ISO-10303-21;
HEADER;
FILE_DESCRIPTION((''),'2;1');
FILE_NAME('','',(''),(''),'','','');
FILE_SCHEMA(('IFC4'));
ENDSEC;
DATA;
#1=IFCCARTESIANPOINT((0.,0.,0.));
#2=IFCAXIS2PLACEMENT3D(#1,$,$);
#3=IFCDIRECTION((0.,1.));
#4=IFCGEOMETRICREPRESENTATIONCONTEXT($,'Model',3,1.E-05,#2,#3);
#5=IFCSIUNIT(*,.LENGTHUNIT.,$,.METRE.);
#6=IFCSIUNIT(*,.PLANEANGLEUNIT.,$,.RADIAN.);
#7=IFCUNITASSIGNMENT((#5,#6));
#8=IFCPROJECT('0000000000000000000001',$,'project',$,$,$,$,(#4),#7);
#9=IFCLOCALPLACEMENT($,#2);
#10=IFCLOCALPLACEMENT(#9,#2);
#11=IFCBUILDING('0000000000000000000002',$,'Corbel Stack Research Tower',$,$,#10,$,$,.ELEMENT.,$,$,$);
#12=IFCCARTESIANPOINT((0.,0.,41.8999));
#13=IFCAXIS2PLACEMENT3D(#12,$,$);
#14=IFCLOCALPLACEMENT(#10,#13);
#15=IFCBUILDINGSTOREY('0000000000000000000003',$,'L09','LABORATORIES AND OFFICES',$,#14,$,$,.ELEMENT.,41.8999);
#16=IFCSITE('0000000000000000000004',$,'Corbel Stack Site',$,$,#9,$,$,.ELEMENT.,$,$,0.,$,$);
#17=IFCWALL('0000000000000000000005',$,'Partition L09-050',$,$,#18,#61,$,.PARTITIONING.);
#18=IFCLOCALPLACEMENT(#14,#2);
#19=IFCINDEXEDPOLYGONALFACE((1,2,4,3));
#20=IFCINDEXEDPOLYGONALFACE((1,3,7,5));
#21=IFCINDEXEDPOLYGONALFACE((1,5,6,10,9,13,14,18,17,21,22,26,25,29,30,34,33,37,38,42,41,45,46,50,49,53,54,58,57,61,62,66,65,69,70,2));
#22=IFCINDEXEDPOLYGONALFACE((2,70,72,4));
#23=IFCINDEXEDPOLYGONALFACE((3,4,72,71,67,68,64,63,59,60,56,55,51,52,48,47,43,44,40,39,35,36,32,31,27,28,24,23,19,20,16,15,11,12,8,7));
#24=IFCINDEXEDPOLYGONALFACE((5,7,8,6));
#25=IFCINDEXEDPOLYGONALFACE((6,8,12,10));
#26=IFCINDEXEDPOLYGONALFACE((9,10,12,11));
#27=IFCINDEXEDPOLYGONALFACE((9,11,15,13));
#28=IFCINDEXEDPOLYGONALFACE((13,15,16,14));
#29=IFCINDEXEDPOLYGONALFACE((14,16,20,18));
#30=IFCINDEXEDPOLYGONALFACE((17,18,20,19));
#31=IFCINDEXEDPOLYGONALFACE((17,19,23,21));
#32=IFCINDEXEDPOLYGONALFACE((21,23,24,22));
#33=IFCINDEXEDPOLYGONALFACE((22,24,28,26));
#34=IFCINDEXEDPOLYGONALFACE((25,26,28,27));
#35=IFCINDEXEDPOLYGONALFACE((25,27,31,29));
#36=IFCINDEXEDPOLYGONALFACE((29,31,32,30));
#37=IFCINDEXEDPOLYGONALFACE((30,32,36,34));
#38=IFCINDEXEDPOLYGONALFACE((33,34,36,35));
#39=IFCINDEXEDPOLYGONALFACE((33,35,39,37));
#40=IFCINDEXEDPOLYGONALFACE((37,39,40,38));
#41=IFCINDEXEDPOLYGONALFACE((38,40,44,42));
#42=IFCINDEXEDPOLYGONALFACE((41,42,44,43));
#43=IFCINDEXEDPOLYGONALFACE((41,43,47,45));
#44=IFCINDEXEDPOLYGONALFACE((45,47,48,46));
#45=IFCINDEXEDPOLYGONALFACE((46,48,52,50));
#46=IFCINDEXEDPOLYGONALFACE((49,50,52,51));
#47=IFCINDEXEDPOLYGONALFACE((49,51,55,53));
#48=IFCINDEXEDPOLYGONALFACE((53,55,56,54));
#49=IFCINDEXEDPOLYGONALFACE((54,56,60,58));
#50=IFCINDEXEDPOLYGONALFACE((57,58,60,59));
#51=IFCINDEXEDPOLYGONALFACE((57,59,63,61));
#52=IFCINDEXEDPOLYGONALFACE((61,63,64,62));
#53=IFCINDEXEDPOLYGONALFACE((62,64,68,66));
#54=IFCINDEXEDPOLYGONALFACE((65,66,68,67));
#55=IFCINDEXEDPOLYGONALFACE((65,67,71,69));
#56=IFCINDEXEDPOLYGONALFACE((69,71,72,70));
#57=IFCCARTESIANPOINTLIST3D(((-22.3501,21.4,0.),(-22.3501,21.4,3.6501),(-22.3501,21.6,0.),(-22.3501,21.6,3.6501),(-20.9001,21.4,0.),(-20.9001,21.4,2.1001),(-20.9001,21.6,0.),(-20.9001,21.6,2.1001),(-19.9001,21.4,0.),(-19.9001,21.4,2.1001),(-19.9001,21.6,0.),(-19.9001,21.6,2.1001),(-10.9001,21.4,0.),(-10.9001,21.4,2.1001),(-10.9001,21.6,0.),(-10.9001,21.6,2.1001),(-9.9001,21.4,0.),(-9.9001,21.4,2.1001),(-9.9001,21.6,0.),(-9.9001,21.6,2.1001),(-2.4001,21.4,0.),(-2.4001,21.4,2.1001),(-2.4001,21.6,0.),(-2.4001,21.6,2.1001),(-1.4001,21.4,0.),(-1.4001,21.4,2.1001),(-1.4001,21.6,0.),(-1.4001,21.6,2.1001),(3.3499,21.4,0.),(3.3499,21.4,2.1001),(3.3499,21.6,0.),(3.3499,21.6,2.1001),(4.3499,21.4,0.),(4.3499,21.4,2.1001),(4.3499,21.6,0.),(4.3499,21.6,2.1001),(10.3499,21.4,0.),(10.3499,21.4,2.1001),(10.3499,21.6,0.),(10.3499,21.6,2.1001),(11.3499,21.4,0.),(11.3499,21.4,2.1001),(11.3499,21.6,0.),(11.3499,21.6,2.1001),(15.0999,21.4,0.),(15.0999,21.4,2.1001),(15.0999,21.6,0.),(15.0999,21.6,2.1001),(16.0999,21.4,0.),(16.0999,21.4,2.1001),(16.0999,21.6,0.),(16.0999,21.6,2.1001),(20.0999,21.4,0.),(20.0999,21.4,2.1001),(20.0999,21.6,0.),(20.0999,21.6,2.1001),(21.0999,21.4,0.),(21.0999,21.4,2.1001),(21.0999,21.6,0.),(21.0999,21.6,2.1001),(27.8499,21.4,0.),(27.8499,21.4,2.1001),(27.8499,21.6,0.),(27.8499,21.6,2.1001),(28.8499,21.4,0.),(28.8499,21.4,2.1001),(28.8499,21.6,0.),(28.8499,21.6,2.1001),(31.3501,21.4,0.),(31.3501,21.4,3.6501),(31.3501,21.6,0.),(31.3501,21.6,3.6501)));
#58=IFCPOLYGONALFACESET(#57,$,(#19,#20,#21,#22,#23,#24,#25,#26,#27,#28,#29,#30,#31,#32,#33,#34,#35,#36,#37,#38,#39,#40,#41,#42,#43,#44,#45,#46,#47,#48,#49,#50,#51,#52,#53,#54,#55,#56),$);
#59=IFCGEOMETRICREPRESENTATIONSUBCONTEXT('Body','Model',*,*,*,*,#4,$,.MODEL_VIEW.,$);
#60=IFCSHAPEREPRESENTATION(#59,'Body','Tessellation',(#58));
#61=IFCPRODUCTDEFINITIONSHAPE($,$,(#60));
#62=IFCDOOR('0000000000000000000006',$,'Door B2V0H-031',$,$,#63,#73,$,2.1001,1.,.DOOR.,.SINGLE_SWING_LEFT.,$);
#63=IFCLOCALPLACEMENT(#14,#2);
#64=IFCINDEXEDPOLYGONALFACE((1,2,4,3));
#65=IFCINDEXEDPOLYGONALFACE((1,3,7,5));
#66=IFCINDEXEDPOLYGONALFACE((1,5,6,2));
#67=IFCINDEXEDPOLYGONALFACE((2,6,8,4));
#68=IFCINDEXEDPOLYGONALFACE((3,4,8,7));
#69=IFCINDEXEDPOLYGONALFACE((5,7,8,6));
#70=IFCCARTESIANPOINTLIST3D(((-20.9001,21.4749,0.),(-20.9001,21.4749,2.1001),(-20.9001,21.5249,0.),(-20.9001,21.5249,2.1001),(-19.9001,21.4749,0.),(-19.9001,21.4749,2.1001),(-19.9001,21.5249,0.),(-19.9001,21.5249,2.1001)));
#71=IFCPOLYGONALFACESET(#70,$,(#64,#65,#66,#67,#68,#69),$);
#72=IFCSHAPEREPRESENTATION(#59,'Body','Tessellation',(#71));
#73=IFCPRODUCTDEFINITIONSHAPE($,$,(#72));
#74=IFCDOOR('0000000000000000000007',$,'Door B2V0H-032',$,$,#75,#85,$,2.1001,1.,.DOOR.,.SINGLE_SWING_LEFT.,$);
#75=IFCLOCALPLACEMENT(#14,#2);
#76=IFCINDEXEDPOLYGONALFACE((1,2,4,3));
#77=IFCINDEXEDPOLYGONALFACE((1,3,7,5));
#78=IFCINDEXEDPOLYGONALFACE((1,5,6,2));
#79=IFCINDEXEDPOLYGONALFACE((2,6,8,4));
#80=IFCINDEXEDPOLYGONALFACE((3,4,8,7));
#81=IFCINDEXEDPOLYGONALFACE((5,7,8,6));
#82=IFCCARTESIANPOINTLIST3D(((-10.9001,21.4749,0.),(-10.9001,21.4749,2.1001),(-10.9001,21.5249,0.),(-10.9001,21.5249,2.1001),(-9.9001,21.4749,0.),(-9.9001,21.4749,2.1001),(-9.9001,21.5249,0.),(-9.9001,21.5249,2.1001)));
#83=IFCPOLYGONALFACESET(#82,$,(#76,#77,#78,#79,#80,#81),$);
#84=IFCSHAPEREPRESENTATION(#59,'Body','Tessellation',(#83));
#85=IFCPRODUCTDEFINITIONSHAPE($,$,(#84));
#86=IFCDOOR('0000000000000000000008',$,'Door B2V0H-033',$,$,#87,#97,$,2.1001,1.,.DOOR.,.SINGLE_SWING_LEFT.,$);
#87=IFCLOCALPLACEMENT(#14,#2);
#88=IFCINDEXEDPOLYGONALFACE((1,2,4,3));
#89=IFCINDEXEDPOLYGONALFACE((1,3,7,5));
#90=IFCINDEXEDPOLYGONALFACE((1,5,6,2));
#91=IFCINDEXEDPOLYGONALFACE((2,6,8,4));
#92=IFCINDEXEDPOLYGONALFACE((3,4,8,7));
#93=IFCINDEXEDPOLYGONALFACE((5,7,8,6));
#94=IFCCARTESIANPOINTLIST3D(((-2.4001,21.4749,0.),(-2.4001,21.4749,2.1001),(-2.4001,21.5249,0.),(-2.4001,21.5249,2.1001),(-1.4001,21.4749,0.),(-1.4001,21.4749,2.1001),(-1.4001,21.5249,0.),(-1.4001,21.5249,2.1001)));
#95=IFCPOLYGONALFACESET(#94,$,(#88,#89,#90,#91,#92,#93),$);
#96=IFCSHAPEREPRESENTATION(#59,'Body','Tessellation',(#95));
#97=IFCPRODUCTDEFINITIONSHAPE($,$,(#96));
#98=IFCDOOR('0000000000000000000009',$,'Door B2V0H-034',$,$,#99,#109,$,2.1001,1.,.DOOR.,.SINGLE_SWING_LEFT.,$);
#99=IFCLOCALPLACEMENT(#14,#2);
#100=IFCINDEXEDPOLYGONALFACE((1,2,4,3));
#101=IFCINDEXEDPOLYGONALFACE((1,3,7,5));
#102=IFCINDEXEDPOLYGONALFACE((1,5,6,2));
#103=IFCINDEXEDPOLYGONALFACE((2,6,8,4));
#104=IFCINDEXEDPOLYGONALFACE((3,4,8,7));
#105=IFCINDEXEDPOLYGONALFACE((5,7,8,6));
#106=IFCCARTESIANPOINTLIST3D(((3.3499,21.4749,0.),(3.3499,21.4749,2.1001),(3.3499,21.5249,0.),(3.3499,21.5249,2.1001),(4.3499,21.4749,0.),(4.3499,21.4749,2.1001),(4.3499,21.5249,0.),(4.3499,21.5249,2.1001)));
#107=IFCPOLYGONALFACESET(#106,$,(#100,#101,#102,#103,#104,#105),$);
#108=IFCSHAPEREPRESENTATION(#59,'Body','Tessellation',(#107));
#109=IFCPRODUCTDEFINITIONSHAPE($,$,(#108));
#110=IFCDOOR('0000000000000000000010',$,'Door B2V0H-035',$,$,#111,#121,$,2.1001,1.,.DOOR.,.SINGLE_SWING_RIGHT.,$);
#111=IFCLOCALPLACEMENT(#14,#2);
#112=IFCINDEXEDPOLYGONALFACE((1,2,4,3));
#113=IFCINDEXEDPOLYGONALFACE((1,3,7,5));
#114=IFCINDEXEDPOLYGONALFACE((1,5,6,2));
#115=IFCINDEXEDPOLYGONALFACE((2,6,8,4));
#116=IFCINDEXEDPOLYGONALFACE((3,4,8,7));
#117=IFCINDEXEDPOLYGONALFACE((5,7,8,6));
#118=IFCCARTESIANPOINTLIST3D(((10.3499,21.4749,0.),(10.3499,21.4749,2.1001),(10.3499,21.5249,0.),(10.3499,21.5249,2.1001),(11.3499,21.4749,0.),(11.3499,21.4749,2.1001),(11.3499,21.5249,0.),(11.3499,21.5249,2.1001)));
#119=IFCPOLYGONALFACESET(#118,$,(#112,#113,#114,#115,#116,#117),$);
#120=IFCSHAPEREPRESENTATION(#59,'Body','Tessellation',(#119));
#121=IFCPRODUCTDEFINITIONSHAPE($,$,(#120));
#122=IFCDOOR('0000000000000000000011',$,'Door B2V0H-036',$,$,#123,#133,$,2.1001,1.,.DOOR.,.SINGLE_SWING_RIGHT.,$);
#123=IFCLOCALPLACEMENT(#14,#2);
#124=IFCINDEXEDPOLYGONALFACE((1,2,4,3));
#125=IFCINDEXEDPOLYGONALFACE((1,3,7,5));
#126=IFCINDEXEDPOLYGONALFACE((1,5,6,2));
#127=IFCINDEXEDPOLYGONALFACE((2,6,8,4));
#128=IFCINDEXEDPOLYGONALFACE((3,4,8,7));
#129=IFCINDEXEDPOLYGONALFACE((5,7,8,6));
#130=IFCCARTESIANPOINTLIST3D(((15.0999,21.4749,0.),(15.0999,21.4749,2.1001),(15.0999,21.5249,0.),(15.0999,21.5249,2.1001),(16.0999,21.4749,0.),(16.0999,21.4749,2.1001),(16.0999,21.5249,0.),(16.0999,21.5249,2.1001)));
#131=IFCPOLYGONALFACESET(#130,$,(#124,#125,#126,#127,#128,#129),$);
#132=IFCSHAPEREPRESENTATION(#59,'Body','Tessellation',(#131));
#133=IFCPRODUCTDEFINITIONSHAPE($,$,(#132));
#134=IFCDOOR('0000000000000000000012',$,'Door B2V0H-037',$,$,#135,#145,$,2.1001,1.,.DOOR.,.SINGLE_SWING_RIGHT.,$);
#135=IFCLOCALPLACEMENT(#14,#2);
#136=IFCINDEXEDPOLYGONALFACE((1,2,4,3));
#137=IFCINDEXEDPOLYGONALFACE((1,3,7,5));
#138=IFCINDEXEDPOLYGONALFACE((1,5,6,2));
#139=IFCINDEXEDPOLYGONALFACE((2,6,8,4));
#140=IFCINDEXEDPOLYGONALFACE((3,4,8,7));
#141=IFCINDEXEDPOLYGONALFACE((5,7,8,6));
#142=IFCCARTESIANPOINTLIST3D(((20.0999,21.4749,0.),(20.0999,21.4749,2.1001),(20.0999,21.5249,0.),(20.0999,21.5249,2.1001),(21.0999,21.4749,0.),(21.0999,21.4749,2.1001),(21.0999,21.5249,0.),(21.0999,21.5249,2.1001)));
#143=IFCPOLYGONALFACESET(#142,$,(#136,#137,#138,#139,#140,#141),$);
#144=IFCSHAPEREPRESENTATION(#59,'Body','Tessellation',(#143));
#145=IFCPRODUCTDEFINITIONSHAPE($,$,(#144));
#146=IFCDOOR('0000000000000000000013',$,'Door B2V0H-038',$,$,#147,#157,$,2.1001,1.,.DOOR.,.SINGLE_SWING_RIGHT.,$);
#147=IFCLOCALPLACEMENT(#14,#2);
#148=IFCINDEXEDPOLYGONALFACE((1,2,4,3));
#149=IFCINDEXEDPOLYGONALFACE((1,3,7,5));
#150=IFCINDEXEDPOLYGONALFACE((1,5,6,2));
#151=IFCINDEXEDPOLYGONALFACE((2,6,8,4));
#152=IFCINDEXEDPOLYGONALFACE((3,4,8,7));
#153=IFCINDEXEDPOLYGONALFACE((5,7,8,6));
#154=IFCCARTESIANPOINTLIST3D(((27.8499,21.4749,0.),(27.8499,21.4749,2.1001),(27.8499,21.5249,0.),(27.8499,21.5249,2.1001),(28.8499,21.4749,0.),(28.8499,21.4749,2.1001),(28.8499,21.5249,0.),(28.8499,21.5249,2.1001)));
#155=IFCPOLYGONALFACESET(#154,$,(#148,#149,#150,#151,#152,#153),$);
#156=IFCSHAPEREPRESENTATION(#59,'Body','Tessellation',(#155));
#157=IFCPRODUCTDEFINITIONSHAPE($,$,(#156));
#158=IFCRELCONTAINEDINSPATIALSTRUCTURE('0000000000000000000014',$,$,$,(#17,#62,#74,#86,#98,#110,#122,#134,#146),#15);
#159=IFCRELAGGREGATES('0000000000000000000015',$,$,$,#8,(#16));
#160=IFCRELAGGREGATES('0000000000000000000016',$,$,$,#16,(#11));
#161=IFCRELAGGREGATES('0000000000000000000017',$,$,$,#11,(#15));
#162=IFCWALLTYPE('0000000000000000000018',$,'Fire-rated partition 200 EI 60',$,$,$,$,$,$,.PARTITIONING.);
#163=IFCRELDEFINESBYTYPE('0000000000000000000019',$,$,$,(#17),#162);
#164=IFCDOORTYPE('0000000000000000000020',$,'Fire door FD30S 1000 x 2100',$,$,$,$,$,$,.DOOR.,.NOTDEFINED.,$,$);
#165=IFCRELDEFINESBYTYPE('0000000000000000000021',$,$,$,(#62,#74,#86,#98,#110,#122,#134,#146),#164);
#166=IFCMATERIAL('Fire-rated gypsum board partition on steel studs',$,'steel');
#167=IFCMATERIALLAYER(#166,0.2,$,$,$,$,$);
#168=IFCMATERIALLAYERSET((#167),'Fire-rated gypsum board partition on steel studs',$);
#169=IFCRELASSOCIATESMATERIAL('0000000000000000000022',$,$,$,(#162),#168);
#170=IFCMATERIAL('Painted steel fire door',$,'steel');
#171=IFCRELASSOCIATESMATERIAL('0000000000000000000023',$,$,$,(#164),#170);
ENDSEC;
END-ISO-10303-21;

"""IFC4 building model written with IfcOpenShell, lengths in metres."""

from ifc_helpers import new_model, si_unit, direction, frame, frame_2d, origin, place, context, subcontext, project, spatial, rectangle, extrude, material, layer, layer_set, type_object, element, fill, save


model = new_model("IFC4")

# Units and contexts
model_context = context("Model", 3, precision=1e-05, world=origin(), true_north=direction((0.0, 1.0)))
body_context = subcontext(model_context, "Body", "Model", "MODEL_VIEW")
ifc_project = project(units=[si_unit("LENGTHUNIT", "METRE"), si_unit("PLANEANGLEUNIT", "RADIAN")], contexts=[model_context])

# Site, building, storey
site_placement = place(None, origin())
site = spatial("IfcSite", under=ifc_project, at=site_placement, Name="Corbel Stack Site", CompositionType="ELEMENT", RefElevation=0.0)
building_placement = place(site_placement, origin())
building = spatial("IfcBuilding", under=site, at=building_placement, Name="Corbel Stack Research Tower", CompositionType="ELEMENT")
storey_placement = place(building_placement, frame((0.0, 0.0, 41.8999)))
storey = spatial("IfcBuildingStorey", under=building, at=storey_placement, Name="L09", Description="LABORATORIES AND OFFICES", CompositionType="ELEMENT", Elevation=41.8999)

# Shared definitions
ifc_material_1 = material(Name="Fire-rated gypsum board partition on steel studs", Category="steel")
ifc_layer_1 = layer(ifc_material_1, 0.2)
ifc_layer_set_1 = layer_set([ifc_layer_1], Name="Fire-rated gypsum board partition on steel studs")
wall_type_1 = type_object("IfcWallType", Name="Fire-rated partition 200 EI 60", PredefinedType="PARTITIONING", material=ifc_layer_set_1)

# Wall, openings, doors
wall_1_placement = place(storey_placement, frame((-22.3501, 21.5, 0.0), z_axis=(0.0, 0.0, 1.0), x_axis=(1.0, 0.0, 0.0)))
wall_1 = element("IfcWall", 1, at=wall_1_placement, inside=storey, type_object=wall_type_1, Name="Partition L09-050", PredefinedType="PARTITIONING", context=body_context, shape_type="SweptSolid", body=[
    extrude(rectangle(XDim=53.7002, YDim=0.2, at=frame_2d((26.8501, 0.0))), origin(), (0.0, 0.0, 1.0), 3.6501),
])
opening_1_placement = place(wall_1_placement, frame((1.45, 0.0, 0.0)))
opening_1 = element("IfcOpeningElement", 2, at=opening_1_placement, cuts=wall_1, PredefinedType="OPENING", context=body_context, shape_type="SweptSolid", body=[
    extrude(rectangle(XDim=1.0, YDim=2.1001, at=frame_2d((0.5, 1.05))), frame((0.0, 0.1099, 0.0), z_axis=(0.0, -1.0, 0.0), x_axis=(1.0, 0.0, 0.0)), (0.0, 0.0, 1.0), 0.22),
])
opening_2_placement = place(wall_1_placement, frame((11.45, 0.0, 0.0)))
opening_2 = element("IfcOpeningElement", 3, at=opening_2_placement, cuts=wall_1, PredefinedType="OPENING", context=body_context, shape_type="SweptSolid", body=[
    extrude(rectangle(XDim=1.0, YDim=2.1001, at=frame_2d((0.5, 1.05))), frame((0.0, 0.1099, 0.0), z_axis=(0.0, -1.0, 0.0), x_axis=(1.0, 0.0, 0.0)), (0.0, 0.0, 1.0), 0.22),
])
opening_3_placement = place(wall_1_placement, frame((19.95, 0.0, 0.0)))
opening_3 = element("IfcOpeningElement", 4, at=opening_3_placement, cuts=wall_1, PredefinedType="OPENING", context=body_context, shape_type="SweptSolid", body=[
    extrude(rectangle(XDim=1.0, YDim=2.1001, at=frame_2d((0.5, 1.05))), frame((0.0, 0.1099, 0.0), z_axis=(0.0, -1.0, 0.0), x_axis=(1.0, 0.0, 0.0)), (0.0, 0.0, 1.0), 0.22),
])
opening_4_placement = place(wall_1_placement, frame((25.7, 0.0, 0.0)))
opening_4 = element("IfcOpeningElement", 5, at=opening_4_placement, cuts=wall_1, PredefinedType="OPENING", context=body_context, shape_type="SweptSolid", body=[
    extrude(rectangle(XDim=1.0, YDim=2.1001, at=frame_2d((0.5, 1.05))), frame((0.0, 0.1099, 0.0), z_axis=(0.0, -1.0, 0.0), x_axis=(1.0, 0.0, 0.0)), (0.0, 0.0, 1.0), 0.22),
])
opening_5_placement = place(wall_1_placement, frame((32.7, 0.0, 0.0)))
opening_5 = element("IfcOpeningElement", 6, at=opening_5_placement, cuts=wall_1, PredefinedType="OPENING", context=body_context, shape_type="SweptSolid", body=[
    extrude(rectangle(XDim=1.0, YDim=2.1001, at=frame_2d((0.5, 1.05))), frame((0.0, 0.1099, 0.0), z_axis=(0.0, -1.0, 0.0), x_axis=(1.0, 0.0, 0.0)), (0.0, 0.0, 1.0), 0.22),
])
opening_6_placement = place(wall_1_placement, frame((37.45, 0.0, 0.0)))
opening_6 = element("IfcOpeningElement", 7, at=opening_6_placement, cuts=wall_1, PredefinedType="OPENING", context=body_context, shape_type="SweptSolid", body=[
    extrude(rectangle(XDim=1.0, YDim=2.1001, at=frame_2d((0.5, 1.05))), frame((0.0, 0.1099, 0.0), z_axis=(0.0, -1.0, 0.0), x_axis=(1.0, 0.0, 0.0)), (0.0, 0.0, 1.0), 0.22),
])
opening_7_placement = place(wall_1_placement, frame((42.45, 0.0, 0.0)))
opening_7 = element("IfcOpeningElement", 8, at=opening_7_placement, cuts=wall_1, PredefinedType="OPENING", context=body_context, shape_type="SweptSolid", body=[
    extrude(rectangle(XDim=1.0, YDim=2.1001, at=frame_2d((0.5, 1.05))), frame((0.0, 0.1099, 0.0), z_axis=(0.0, -1.0, 0.0), x_axis=(1.0, 0.0, 0.0)), (0.0, 0.0, 1.0), 0.22),
])
opening_8_placement = place(wall_1_placement, frame((50.2, 0.0, 0.0)))
opening_8 = element("IfcOpeningElement", 9, at=opening_8_placement, cuts=wall_1, PredefinedType="OPENING", context=body_context, shape_type="SweptSolid", body=[
    extrude(rectangle(XDim=1.0, YDim=2.1001, at=frame_2d((0.5, 1.05))), frame((0.0, 0.1099, 0.0), z_axis=(0.0, -1.0, 0.0), x_axis=(1.0, 0.0, 0.0)), (0.0, 0.0, 1.0), 0.22),
])
ifc_material_2 = material(Name="Painted steel fire door", Category="steel")
door_type_1 = type_object("IfcDoorType", Name="Fire door FD30S 1000 x 2100", OperationType="NOTDEFINED", PredefinedType="DOOR", material=ifc_material_2)
door_1_placement = place(opening_1_placement, origin())
door_1 = element("IfcDoor", 10, at=door_1_placement, inside=storey, type_object=door_type_1, Name="Door B2V0H-031", OperationType="SINGLE_SWING_LEFT", OverallHeight=2.1001, OverallWidth=1.0, PredefinedType="DOOR", context=body_context, shape_type="SweptSolid", body=[
    extrude(rectangle(XDim=1.0, YDim=2.1001, at=frame_2d((0.5, 1.05))), frame((0.0, 0.0249, 0.0), z_axis=(0.0, -1.0, 0.0), x_axis=(1.0, 0.0, 0.0)), (0.0, 0.0, 1.0), 0.05),
])
fill(opening_1, door_1)
door_2_placement = place(opening_2_placement, origin())
door_2 = element("IfcDoor", 11, at=door_2_placement, inside=storey, type_object=door_type_1, Name="Door B2V0H-032", OperationType="SINGLE_SWING_LEFT", OverallHeight=2.1001, OverallWidth=1.0, PredefinedType="DOOR", context=body_context, shape_type="SweptSolid", body=[
    extrude(rectangle(XDim=1.0, YDim=2.1001, at=frame_2d((0.5, 1.05))), frame((0.0, 0.0249, 0.0), z_axis=(0.0, -1.0, 0.0), x_axis=(1.0, 0.0, 0.0)), (0.0, 0.0, 1.0), 0.05),
])
fill(opening_2, door_2)
door_3_placement = place(opening_3_placement, origin())
door_3 = element("IfcDoor", 12, at=door_3_placement, inside=storey, type_object=door_type_1, Name="Door B2V0H-033", OperationType="SINGLE_SWING_LEFT", OverallHeight=2.1001, OverallWidth=1.0, PredefinedType="DOOR", context=body_context, shape_type="SweptSolid", body=[
    extrude(rectangle(XDim=1.0, YDim=2.1001, at=frame_2d((0.5, 1.05))), frame((0.0, 0.0249, 0.0), z_axis=(0.0, -1.0, 0.0), x_axis=(1.0, 0.0, 0.0)), (0.0, 0.0, 1.0), 0.05),
])
fill(opening_3, door_3)
door_4_placement = place(opening_4_placement, origin())
door_4 = element("IfcDoor", 13, at=door_4_placement, inside=storey, type_object=door_type_1, Name="Door B2V0H-034", OperationType="SINGLE_SWING_LEFT", OverallHeight=2.1001, OverallWidth=1.0, PredefinedType="DOOR", context=body_context, shape_type="SweptSolid", body=[
    extrude(rectangle(XDim=1.0, YDim=2.1001, at=frame_2d((0.5, 1.05))), frame((0.0, 0.0249, 0.0), z_axis=(0.0, -1.0, 0.0), x_axis=(1.0, 0.0, 0.0)), (0.0, 0.0, 1.0), 0.05),
])
fill(opening_4, door_4)
door_5_placement = place(opening_5_placement, origin())
door_5 = element("IfcDoor", 14, at=door_5_placement, inside=storey, type_object=door_type_1, Name="Door B2V0H-035", OperationType="SINGLE_SWING_RIGHT", OverallHeight=2.1001, OverallWidth=1.0, PredefinedType="DOOR", context=body_context, shape_type="SweptSolid", body=[
    extrude(rectangle(XDim=1.0, YDim=2.1001, at=frame_2d((0.5, 1.05))), frame((0.0, 0.0249, 0.0), z_axis=(0.0, -1.0, 0.0), x_axis=(1.0, 0.0, 0.0)), (0.0, 0.0, 1.0), 0.05),
])
fill(opening_5, door_5)
door_6_placement = place(opening_6_placement, origin())
door_6 = element("IfcDoor", 15, at=door_6_placement, inside=storey, type_object=door_type_1, Name="Door B2V0H-036", OperationType="SINGLE_SWING_RIGHT", OverallHeight=2.1001, OverallWidth=1.0, PredefinedType="DOOR", context=body_context, shape_type="SweptSolid", body=[
    extrude(rectangle(XDim=1.0, YDim=2.1001, at=frame_2d((0.5, 1.05))), frame((0.0, 0.0249, 0.0), z_axis=(0.0, -1.0, 0.0), x_axis=(1.0, 0.0, 0.0)), (0.0, 0.0, 1.0), 0.05),
])
fill(opening_6, door_6)
door_7_placement = place(opening_7_placement, origin())
door_7 = element("IfcDoor", 16, at=door_7_placement, inside=storey, type_object=door_type_1, Name="Door B2V0H-037", OperationType="SINGLE_SWING_RIGHT", OverallHeight=2.1001, OverallWidth=1.0, PredefinedType="DOOR", context=body_context, shape_type="SweptSolid", body=[
    extrude(rectangle(XDim=1.0, YDim=2.1001, at=frame_2d((0.5, 1.05))), frame((0.0, 0.0249, 0.0), z_axis=(0.0, -1.0, 0.0), x_axis=(1.0, 0.0, 0.0)), (0.0, 0.0, 1.0), 0.05),
])
fill(opening_7, door_7)
door_8_placement = place(opening_8_placement, origin())
door_8 = element("IfcDoor", 17, at=door_8_placement, inside=storey, type_object=door_type_1, Name="Door B2V0H-038", OperationType="SINGLE_SWING_RIGHT", OverallHeight=2.1001, OverallWidth=1.0, PredefinedType="DOOR", context=body_context, shape_type="SweptSolid", body=[
    extrude(rectangle(XDim=1.0, YDim=2.1001, at=frame_2d((0.5, 1.05))), frame((0.0, 0.0249, 0.0), z_axis=(0.0, -1.0, 0.0), x_axis=(1.0, 0.0, 0.0)), (0.0, 0.0, 1.0), 0.05),
])
fill(opening_8, door_8)

save(model, "model.ifc")
